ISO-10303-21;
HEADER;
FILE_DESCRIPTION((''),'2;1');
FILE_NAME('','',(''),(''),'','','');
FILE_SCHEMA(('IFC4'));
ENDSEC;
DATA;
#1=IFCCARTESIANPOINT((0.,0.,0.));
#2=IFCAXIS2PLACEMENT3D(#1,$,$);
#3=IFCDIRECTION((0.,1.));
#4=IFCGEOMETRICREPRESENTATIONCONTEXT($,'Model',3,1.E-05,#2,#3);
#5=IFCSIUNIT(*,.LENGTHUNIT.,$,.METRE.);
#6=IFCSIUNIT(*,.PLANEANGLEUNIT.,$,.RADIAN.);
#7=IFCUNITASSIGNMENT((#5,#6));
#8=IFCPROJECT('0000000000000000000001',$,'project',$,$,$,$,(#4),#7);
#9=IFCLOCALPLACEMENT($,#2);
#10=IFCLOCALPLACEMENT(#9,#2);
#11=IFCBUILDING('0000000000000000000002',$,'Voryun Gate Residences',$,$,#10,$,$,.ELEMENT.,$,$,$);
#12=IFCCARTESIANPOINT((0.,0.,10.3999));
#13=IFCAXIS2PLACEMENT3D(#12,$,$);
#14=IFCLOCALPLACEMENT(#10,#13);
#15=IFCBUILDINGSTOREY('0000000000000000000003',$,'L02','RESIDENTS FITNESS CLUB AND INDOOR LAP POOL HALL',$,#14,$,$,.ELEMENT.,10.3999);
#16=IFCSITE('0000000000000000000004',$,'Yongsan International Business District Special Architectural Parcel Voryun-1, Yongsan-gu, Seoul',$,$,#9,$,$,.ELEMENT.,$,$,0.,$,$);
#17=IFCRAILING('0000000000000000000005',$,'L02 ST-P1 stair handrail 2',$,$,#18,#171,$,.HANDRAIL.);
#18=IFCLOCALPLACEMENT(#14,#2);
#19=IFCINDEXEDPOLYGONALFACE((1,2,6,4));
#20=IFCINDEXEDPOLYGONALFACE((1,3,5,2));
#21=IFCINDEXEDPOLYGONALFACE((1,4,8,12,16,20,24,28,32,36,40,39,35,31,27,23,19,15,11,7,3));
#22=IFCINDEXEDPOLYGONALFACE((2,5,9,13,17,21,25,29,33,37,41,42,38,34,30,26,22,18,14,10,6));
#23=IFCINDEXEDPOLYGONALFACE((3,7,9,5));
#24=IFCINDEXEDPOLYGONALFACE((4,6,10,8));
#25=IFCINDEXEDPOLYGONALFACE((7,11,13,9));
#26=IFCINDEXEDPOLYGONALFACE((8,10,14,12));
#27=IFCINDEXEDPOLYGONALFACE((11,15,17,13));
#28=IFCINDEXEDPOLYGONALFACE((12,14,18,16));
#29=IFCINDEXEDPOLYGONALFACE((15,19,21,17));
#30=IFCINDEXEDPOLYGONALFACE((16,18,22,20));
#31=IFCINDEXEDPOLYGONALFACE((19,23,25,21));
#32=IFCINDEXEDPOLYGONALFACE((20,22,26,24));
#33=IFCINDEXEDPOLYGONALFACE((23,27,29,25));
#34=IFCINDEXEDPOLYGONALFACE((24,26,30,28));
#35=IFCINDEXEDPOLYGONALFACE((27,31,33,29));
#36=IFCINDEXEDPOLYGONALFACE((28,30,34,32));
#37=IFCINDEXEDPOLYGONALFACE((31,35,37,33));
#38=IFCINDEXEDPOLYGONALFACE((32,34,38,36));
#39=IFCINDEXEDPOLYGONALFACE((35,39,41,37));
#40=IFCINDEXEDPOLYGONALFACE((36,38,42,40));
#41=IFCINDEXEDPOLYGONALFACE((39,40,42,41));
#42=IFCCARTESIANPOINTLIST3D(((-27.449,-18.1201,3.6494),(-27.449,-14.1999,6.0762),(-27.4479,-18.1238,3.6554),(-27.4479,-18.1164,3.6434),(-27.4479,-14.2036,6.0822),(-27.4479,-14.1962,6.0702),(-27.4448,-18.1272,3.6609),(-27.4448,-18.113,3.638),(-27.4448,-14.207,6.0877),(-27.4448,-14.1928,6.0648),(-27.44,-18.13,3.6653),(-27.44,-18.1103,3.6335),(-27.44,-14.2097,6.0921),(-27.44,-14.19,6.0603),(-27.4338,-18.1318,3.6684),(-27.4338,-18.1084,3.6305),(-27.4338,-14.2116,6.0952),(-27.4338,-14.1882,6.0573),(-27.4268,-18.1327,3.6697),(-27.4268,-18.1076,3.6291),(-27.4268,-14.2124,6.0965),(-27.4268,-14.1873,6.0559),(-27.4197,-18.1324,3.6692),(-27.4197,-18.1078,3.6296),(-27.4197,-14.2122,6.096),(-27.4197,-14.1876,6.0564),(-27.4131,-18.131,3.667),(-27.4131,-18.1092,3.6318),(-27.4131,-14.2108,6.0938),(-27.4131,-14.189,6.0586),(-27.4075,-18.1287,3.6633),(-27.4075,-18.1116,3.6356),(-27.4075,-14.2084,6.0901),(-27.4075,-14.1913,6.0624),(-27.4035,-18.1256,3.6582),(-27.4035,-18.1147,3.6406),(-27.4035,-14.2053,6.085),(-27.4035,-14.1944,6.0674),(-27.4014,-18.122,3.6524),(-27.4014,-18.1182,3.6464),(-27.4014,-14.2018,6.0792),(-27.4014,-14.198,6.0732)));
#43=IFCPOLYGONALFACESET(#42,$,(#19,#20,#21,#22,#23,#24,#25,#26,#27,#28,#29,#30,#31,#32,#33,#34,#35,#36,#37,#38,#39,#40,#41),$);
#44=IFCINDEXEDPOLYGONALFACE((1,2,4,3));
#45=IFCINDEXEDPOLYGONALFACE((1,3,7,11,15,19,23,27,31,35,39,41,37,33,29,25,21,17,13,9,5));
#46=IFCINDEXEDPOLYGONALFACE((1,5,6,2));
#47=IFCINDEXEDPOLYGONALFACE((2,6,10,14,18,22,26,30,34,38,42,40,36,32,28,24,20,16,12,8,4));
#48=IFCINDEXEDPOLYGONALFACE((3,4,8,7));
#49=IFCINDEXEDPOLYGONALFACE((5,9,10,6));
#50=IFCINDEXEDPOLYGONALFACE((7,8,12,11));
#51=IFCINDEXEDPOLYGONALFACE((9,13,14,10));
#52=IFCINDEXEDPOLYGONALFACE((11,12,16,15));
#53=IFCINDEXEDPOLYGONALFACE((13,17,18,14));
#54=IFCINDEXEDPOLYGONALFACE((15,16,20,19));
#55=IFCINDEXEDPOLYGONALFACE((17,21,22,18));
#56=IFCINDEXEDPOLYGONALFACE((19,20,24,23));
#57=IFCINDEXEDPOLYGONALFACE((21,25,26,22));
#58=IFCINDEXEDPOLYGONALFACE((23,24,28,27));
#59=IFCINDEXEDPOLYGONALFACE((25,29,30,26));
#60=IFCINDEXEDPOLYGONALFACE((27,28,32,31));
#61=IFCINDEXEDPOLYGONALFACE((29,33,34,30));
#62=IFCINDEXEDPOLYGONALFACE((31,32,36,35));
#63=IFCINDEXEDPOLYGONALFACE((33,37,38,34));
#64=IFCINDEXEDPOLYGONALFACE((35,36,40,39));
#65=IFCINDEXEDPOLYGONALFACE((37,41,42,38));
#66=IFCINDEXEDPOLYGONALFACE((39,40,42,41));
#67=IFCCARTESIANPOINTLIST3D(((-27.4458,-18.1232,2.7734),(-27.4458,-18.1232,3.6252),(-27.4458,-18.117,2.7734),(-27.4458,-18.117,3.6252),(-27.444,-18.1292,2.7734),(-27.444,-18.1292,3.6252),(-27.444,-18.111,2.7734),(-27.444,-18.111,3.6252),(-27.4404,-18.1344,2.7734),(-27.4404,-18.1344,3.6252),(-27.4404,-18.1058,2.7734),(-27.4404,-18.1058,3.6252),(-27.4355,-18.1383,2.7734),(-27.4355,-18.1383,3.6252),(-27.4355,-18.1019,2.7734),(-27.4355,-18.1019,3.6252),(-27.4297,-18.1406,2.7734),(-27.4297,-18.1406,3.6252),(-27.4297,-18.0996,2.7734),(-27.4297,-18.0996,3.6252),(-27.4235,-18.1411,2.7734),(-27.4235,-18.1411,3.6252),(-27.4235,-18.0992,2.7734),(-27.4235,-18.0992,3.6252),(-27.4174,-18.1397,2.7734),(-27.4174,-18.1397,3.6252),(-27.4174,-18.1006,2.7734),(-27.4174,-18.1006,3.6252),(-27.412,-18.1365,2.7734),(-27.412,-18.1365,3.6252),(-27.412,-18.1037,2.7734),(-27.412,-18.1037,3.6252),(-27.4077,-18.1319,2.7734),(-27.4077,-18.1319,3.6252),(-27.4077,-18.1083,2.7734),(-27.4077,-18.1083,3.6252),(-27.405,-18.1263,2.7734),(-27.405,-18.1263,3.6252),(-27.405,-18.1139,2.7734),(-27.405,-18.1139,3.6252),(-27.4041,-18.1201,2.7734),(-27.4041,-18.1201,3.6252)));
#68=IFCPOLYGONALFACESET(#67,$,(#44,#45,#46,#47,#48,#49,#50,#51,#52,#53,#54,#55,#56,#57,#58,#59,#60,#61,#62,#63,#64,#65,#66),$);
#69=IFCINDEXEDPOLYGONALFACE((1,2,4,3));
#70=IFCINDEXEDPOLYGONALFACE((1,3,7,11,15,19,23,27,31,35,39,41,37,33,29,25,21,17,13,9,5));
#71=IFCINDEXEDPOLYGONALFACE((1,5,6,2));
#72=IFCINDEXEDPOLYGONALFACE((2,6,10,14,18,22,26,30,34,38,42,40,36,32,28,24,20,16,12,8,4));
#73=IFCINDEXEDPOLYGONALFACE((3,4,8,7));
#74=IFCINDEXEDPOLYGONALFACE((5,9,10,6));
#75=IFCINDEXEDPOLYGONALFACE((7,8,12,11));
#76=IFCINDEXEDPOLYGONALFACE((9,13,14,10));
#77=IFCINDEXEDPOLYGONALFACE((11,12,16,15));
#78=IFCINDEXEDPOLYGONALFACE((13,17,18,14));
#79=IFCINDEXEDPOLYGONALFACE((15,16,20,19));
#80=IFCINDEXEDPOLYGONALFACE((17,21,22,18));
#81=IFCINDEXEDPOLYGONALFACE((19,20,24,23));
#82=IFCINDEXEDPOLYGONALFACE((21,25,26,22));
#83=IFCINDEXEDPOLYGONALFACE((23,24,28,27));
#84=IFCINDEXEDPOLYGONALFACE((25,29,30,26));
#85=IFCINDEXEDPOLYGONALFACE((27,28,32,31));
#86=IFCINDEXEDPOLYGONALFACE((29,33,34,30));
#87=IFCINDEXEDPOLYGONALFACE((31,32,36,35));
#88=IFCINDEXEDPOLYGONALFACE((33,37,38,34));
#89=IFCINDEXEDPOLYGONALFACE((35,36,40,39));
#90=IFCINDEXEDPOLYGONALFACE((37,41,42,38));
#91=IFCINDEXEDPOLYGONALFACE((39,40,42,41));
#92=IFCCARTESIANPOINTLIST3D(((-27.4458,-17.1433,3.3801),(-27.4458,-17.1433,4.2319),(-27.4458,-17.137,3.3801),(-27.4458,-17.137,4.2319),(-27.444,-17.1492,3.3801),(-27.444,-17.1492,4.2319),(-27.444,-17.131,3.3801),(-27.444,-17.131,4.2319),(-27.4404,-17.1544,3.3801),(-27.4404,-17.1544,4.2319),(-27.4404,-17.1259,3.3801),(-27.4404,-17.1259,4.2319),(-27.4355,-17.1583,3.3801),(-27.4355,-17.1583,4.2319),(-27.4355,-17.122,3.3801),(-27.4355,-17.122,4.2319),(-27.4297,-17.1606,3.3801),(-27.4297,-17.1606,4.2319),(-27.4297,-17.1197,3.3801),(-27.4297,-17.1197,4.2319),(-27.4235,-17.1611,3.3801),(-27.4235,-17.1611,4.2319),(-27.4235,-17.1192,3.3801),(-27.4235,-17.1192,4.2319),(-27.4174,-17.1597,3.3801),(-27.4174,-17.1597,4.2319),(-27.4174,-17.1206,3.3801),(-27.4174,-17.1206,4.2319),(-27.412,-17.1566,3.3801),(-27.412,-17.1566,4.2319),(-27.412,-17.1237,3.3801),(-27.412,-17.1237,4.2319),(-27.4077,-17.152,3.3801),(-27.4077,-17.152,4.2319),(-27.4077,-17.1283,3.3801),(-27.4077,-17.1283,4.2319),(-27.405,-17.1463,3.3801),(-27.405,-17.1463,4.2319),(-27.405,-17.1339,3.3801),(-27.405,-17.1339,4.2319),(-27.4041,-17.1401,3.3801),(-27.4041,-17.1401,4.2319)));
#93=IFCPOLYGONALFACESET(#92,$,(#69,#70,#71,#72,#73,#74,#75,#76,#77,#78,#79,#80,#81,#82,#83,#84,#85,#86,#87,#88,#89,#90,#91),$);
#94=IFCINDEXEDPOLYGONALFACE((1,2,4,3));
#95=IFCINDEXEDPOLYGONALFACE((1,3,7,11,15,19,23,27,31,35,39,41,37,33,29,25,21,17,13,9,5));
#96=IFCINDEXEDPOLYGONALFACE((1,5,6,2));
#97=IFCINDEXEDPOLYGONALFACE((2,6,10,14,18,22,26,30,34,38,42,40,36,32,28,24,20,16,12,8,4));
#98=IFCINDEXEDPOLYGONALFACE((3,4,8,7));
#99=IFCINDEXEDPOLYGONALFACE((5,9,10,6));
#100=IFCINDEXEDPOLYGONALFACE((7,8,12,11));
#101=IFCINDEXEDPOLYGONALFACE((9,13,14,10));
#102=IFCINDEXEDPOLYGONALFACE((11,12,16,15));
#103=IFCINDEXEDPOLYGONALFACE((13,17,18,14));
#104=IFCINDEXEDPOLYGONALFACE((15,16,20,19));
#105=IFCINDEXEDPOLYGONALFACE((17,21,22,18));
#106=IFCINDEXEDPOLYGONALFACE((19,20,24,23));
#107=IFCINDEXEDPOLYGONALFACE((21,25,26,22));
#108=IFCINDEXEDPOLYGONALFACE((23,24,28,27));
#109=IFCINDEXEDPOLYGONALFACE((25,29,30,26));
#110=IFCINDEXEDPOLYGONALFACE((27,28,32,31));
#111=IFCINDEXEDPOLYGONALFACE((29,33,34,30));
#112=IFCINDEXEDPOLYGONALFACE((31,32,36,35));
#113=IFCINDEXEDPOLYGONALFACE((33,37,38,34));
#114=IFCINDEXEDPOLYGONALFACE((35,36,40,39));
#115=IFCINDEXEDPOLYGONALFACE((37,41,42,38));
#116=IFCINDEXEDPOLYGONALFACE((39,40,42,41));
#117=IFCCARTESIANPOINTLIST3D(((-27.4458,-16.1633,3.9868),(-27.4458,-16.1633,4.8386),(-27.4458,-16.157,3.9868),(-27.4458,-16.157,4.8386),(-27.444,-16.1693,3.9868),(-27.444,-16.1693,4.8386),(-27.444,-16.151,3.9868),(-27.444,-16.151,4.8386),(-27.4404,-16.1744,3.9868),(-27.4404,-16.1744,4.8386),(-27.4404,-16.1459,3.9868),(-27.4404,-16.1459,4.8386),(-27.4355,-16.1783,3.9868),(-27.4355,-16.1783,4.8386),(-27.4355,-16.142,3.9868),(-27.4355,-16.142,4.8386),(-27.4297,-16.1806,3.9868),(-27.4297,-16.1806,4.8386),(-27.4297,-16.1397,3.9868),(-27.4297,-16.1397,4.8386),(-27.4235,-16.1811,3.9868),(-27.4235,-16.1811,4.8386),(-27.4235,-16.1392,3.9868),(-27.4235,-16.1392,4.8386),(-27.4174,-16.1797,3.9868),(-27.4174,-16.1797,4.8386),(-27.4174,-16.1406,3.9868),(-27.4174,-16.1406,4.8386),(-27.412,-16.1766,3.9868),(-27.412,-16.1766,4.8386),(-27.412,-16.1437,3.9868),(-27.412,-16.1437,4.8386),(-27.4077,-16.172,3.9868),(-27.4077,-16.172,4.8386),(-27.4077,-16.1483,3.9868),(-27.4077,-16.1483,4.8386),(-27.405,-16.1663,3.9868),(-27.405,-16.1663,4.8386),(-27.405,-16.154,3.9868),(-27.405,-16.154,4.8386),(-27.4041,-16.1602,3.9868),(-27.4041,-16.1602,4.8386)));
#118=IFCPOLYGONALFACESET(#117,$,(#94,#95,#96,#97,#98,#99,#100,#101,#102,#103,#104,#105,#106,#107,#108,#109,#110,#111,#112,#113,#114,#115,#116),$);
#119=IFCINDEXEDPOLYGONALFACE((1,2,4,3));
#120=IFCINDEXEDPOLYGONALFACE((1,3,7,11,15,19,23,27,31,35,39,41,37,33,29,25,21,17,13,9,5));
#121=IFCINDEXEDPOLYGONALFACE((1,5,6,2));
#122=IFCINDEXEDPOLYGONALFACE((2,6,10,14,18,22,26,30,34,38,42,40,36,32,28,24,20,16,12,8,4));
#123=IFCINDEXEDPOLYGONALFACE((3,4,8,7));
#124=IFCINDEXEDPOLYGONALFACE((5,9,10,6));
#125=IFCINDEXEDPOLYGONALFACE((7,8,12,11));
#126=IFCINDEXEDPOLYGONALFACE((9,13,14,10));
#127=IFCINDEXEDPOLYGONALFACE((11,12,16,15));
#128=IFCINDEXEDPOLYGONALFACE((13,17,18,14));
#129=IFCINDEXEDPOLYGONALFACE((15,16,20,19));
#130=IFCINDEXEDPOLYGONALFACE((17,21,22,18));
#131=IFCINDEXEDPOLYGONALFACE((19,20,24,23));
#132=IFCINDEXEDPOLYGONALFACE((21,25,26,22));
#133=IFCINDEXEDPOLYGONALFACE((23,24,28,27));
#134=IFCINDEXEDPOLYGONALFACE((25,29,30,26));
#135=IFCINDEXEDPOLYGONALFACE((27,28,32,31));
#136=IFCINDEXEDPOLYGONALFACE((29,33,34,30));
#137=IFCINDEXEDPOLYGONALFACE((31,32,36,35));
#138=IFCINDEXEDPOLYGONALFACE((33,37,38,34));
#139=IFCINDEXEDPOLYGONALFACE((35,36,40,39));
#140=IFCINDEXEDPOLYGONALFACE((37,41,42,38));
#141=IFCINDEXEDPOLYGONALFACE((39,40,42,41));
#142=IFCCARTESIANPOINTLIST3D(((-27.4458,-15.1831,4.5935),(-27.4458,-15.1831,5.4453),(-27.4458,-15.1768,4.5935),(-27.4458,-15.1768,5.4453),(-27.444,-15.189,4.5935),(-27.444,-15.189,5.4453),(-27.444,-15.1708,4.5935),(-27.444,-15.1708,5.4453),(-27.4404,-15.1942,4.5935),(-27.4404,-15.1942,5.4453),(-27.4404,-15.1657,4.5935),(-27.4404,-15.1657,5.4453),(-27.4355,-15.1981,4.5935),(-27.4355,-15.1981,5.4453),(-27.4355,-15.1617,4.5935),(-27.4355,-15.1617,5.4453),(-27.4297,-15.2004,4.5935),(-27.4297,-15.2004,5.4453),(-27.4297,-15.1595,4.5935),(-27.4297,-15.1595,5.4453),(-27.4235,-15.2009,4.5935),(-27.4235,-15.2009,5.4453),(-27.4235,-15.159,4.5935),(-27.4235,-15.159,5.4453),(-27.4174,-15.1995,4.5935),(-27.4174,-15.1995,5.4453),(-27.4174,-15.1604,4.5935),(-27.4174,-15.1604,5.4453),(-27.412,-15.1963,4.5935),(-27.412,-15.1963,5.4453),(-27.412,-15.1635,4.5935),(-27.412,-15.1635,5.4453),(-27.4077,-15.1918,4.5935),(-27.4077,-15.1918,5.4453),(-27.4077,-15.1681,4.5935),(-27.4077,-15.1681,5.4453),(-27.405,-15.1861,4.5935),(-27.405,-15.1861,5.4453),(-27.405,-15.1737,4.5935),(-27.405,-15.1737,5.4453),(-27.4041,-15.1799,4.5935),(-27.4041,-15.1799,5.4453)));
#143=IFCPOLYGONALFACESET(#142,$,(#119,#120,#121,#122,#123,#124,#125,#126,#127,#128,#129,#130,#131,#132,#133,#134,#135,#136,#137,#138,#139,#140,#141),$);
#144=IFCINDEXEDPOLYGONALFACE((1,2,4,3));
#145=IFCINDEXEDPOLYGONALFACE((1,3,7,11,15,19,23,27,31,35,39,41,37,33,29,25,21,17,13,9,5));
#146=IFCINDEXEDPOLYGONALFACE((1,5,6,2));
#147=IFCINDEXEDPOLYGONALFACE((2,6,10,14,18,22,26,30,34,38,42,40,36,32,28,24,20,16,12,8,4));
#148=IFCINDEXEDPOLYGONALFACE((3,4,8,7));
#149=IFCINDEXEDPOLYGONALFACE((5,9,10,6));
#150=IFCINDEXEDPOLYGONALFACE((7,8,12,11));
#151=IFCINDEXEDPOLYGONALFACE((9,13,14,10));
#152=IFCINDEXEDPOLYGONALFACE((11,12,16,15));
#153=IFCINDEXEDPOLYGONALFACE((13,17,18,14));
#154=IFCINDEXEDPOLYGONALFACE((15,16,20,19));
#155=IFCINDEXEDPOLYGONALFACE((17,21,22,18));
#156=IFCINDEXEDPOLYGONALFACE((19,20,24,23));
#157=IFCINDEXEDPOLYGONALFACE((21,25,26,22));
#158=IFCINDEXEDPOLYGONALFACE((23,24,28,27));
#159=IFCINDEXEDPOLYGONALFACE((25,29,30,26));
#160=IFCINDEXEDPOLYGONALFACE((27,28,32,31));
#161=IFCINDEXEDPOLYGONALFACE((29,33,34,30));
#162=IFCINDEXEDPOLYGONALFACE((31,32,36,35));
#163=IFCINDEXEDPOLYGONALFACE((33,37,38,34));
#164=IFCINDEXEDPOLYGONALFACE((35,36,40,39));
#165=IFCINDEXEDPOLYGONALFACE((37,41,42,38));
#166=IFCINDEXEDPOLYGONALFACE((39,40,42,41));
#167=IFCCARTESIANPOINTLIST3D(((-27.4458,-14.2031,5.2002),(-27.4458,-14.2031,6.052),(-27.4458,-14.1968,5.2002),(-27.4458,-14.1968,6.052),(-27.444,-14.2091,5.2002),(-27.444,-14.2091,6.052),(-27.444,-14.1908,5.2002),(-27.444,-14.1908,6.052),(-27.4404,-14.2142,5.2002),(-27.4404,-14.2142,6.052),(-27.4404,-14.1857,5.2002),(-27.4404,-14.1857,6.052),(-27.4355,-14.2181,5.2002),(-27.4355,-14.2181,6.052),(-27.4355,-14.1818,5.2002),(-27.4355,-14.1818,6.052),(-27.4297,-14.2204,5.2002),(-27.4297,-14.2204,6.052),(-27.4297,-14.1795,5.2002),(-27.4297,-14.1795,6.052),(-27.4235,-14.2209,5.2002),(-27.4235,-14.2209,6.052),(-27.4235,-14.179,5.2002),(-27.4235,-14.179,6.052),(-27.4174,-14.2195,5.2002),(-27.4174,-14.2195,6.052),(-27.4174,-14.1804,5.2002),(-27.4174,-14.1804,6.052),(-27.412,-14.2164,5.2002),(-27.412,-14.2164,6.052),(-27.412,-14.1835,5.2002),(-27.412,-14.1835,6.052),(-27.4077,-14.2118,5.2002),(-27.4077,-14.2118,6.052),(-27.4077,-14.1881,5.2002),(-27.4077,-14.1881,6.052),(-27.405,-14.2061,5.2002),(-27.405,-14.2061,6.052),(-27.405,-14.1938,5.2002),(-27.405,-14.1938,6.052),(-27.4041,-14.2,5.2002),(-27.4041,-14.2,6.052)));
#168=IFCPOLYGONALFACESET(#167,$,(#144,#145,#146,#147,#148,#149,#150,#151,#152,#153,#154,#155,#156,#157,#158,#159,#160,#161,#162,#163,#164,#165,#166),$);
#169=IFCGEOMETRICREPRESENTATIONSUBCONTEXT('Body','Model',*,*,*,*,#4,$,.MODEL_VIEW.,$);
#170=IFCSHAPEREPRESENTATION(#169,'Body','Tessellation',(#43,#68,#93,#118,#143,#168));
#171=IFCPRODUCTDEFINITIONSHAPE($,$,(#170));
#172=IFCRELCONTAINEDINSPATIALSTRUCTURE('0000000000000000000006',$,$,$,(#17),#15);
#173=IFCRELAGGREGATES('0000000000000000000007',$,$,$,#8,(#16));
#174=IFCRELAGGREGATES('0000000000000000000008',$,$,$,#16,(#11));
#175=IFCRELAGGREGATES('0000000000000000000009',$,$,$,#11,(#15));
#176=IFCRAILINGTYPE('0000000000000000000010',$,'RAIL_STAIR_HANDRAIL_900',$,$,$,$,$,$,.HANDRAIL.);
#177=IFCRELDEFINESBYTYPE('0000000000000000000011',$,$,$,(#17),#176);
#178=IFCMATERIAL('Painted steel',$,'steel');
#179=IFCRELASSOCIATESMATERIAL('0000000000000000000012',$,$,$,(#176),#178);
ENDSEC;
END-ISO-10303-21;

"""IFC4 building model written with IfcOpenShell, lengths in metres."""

from ifc_helpers import new_model, si_unit, direction, frame, origin, origin_2d, place, context, subcontext, project, spatial, circle, extrude, material, type_object, element, save


model = new_model("IFC4")

# Units and contexts
model_context = context("Model", 3, precision=1e-05, world=origin(), true_north=direction((0.0, 1.0)))
body_context = subcontext(model_context, "Body", "Model", "MODEL_VIEW")
ifc_project = project(units=[si_unit("LENGTHUNIT", "METRE"), si_unit("PLANEANGLEUNIT", "RADIAN")], contexts=[model_context])

# Site, building, storey
site_placement = place(None, origin())
site = spatial("IfcSite", under=ifc_project, at=site_placement, Name="Yongsan International Business District Special Architectural Parcel Voryun-1, Yongsan-gu, Seoul", CompositionType="ELEMENT", RefElevation=0.0)
building_placement = place(site_placement, origin())
building = spatial("IfcBuilding", under=site, at=building_placement, Name="Voryun Gate Residences", CompositionType="ELEMENT")
storey_placement = place(building_placement, frame((0.0, 0.0, 10.3999)))
storey = spatial("IfcBuildingStorey", under=building, at=storey_placement, Name="L02", Description="RESIDENTS FITNESS CLUB AND INDOOR LAP POOL HALL", CompositionType="ELEMENT", Elevation=10.3999)

# Railing
ifc_material_1 = material(Name="Painted steel", Category="steel")
railing_type_1 = type_object("IfcRailingType", Name="RAIL_STAIR_HANDRAIL_900", PredefinedType="HANDRAIL", material=ifc_material_1)
railing_1_placement = place(storey_placement, frame((-27.425, -18.1201, 2.7734)))
element("IfcRailing", 1, at=railing_1_placement, inside=storey, type_object=railing_type_1, Name="L02 ST-P1 stair handrail 2", PredefinedType="HANDRAIL", context=body_context, shape_type="SweptSolid", body=[
    extrude(circle(Radius=0.0239, at=origin_2d()), frame((0.0, 0.0, 0.876), z_axis=(0.0, 0.850266, 0.526353), x_axis=(-1.0, 0.0, 0.0)), (0.0, 0.0, 1.0), 4.6106),
    extrude(circle(Radius=0.021, at=origin_2d()), origin(), (0.0, 0.0, 1.0), 0.8518),
    extrude(circle(Radius=0.021, at=origin_2d()), frame((0.0, 0.98, 0.6067)), (0.0, 0.0, 1.0), 0.8518),
    extrude(circle(Radius=0.021, at=origin_2d()), frame((0.0, 1.96, 1.2134)), (0.0, 0.0, 1.0), 0.8518),
    extrude(circle(Radius=0.021, at=origin_2d()), frame((0.0, 2.9402, 1.8201)), (0.0, 0.0, 1.0), 0.8518),
    extrude(circle(Radius=0.021, at=origin_2d()), frame((0.0, 3.9202, 2.4268)), (0.0, 0.0, 1.0), 0.8518),
])

save(model, "model.ifc")
